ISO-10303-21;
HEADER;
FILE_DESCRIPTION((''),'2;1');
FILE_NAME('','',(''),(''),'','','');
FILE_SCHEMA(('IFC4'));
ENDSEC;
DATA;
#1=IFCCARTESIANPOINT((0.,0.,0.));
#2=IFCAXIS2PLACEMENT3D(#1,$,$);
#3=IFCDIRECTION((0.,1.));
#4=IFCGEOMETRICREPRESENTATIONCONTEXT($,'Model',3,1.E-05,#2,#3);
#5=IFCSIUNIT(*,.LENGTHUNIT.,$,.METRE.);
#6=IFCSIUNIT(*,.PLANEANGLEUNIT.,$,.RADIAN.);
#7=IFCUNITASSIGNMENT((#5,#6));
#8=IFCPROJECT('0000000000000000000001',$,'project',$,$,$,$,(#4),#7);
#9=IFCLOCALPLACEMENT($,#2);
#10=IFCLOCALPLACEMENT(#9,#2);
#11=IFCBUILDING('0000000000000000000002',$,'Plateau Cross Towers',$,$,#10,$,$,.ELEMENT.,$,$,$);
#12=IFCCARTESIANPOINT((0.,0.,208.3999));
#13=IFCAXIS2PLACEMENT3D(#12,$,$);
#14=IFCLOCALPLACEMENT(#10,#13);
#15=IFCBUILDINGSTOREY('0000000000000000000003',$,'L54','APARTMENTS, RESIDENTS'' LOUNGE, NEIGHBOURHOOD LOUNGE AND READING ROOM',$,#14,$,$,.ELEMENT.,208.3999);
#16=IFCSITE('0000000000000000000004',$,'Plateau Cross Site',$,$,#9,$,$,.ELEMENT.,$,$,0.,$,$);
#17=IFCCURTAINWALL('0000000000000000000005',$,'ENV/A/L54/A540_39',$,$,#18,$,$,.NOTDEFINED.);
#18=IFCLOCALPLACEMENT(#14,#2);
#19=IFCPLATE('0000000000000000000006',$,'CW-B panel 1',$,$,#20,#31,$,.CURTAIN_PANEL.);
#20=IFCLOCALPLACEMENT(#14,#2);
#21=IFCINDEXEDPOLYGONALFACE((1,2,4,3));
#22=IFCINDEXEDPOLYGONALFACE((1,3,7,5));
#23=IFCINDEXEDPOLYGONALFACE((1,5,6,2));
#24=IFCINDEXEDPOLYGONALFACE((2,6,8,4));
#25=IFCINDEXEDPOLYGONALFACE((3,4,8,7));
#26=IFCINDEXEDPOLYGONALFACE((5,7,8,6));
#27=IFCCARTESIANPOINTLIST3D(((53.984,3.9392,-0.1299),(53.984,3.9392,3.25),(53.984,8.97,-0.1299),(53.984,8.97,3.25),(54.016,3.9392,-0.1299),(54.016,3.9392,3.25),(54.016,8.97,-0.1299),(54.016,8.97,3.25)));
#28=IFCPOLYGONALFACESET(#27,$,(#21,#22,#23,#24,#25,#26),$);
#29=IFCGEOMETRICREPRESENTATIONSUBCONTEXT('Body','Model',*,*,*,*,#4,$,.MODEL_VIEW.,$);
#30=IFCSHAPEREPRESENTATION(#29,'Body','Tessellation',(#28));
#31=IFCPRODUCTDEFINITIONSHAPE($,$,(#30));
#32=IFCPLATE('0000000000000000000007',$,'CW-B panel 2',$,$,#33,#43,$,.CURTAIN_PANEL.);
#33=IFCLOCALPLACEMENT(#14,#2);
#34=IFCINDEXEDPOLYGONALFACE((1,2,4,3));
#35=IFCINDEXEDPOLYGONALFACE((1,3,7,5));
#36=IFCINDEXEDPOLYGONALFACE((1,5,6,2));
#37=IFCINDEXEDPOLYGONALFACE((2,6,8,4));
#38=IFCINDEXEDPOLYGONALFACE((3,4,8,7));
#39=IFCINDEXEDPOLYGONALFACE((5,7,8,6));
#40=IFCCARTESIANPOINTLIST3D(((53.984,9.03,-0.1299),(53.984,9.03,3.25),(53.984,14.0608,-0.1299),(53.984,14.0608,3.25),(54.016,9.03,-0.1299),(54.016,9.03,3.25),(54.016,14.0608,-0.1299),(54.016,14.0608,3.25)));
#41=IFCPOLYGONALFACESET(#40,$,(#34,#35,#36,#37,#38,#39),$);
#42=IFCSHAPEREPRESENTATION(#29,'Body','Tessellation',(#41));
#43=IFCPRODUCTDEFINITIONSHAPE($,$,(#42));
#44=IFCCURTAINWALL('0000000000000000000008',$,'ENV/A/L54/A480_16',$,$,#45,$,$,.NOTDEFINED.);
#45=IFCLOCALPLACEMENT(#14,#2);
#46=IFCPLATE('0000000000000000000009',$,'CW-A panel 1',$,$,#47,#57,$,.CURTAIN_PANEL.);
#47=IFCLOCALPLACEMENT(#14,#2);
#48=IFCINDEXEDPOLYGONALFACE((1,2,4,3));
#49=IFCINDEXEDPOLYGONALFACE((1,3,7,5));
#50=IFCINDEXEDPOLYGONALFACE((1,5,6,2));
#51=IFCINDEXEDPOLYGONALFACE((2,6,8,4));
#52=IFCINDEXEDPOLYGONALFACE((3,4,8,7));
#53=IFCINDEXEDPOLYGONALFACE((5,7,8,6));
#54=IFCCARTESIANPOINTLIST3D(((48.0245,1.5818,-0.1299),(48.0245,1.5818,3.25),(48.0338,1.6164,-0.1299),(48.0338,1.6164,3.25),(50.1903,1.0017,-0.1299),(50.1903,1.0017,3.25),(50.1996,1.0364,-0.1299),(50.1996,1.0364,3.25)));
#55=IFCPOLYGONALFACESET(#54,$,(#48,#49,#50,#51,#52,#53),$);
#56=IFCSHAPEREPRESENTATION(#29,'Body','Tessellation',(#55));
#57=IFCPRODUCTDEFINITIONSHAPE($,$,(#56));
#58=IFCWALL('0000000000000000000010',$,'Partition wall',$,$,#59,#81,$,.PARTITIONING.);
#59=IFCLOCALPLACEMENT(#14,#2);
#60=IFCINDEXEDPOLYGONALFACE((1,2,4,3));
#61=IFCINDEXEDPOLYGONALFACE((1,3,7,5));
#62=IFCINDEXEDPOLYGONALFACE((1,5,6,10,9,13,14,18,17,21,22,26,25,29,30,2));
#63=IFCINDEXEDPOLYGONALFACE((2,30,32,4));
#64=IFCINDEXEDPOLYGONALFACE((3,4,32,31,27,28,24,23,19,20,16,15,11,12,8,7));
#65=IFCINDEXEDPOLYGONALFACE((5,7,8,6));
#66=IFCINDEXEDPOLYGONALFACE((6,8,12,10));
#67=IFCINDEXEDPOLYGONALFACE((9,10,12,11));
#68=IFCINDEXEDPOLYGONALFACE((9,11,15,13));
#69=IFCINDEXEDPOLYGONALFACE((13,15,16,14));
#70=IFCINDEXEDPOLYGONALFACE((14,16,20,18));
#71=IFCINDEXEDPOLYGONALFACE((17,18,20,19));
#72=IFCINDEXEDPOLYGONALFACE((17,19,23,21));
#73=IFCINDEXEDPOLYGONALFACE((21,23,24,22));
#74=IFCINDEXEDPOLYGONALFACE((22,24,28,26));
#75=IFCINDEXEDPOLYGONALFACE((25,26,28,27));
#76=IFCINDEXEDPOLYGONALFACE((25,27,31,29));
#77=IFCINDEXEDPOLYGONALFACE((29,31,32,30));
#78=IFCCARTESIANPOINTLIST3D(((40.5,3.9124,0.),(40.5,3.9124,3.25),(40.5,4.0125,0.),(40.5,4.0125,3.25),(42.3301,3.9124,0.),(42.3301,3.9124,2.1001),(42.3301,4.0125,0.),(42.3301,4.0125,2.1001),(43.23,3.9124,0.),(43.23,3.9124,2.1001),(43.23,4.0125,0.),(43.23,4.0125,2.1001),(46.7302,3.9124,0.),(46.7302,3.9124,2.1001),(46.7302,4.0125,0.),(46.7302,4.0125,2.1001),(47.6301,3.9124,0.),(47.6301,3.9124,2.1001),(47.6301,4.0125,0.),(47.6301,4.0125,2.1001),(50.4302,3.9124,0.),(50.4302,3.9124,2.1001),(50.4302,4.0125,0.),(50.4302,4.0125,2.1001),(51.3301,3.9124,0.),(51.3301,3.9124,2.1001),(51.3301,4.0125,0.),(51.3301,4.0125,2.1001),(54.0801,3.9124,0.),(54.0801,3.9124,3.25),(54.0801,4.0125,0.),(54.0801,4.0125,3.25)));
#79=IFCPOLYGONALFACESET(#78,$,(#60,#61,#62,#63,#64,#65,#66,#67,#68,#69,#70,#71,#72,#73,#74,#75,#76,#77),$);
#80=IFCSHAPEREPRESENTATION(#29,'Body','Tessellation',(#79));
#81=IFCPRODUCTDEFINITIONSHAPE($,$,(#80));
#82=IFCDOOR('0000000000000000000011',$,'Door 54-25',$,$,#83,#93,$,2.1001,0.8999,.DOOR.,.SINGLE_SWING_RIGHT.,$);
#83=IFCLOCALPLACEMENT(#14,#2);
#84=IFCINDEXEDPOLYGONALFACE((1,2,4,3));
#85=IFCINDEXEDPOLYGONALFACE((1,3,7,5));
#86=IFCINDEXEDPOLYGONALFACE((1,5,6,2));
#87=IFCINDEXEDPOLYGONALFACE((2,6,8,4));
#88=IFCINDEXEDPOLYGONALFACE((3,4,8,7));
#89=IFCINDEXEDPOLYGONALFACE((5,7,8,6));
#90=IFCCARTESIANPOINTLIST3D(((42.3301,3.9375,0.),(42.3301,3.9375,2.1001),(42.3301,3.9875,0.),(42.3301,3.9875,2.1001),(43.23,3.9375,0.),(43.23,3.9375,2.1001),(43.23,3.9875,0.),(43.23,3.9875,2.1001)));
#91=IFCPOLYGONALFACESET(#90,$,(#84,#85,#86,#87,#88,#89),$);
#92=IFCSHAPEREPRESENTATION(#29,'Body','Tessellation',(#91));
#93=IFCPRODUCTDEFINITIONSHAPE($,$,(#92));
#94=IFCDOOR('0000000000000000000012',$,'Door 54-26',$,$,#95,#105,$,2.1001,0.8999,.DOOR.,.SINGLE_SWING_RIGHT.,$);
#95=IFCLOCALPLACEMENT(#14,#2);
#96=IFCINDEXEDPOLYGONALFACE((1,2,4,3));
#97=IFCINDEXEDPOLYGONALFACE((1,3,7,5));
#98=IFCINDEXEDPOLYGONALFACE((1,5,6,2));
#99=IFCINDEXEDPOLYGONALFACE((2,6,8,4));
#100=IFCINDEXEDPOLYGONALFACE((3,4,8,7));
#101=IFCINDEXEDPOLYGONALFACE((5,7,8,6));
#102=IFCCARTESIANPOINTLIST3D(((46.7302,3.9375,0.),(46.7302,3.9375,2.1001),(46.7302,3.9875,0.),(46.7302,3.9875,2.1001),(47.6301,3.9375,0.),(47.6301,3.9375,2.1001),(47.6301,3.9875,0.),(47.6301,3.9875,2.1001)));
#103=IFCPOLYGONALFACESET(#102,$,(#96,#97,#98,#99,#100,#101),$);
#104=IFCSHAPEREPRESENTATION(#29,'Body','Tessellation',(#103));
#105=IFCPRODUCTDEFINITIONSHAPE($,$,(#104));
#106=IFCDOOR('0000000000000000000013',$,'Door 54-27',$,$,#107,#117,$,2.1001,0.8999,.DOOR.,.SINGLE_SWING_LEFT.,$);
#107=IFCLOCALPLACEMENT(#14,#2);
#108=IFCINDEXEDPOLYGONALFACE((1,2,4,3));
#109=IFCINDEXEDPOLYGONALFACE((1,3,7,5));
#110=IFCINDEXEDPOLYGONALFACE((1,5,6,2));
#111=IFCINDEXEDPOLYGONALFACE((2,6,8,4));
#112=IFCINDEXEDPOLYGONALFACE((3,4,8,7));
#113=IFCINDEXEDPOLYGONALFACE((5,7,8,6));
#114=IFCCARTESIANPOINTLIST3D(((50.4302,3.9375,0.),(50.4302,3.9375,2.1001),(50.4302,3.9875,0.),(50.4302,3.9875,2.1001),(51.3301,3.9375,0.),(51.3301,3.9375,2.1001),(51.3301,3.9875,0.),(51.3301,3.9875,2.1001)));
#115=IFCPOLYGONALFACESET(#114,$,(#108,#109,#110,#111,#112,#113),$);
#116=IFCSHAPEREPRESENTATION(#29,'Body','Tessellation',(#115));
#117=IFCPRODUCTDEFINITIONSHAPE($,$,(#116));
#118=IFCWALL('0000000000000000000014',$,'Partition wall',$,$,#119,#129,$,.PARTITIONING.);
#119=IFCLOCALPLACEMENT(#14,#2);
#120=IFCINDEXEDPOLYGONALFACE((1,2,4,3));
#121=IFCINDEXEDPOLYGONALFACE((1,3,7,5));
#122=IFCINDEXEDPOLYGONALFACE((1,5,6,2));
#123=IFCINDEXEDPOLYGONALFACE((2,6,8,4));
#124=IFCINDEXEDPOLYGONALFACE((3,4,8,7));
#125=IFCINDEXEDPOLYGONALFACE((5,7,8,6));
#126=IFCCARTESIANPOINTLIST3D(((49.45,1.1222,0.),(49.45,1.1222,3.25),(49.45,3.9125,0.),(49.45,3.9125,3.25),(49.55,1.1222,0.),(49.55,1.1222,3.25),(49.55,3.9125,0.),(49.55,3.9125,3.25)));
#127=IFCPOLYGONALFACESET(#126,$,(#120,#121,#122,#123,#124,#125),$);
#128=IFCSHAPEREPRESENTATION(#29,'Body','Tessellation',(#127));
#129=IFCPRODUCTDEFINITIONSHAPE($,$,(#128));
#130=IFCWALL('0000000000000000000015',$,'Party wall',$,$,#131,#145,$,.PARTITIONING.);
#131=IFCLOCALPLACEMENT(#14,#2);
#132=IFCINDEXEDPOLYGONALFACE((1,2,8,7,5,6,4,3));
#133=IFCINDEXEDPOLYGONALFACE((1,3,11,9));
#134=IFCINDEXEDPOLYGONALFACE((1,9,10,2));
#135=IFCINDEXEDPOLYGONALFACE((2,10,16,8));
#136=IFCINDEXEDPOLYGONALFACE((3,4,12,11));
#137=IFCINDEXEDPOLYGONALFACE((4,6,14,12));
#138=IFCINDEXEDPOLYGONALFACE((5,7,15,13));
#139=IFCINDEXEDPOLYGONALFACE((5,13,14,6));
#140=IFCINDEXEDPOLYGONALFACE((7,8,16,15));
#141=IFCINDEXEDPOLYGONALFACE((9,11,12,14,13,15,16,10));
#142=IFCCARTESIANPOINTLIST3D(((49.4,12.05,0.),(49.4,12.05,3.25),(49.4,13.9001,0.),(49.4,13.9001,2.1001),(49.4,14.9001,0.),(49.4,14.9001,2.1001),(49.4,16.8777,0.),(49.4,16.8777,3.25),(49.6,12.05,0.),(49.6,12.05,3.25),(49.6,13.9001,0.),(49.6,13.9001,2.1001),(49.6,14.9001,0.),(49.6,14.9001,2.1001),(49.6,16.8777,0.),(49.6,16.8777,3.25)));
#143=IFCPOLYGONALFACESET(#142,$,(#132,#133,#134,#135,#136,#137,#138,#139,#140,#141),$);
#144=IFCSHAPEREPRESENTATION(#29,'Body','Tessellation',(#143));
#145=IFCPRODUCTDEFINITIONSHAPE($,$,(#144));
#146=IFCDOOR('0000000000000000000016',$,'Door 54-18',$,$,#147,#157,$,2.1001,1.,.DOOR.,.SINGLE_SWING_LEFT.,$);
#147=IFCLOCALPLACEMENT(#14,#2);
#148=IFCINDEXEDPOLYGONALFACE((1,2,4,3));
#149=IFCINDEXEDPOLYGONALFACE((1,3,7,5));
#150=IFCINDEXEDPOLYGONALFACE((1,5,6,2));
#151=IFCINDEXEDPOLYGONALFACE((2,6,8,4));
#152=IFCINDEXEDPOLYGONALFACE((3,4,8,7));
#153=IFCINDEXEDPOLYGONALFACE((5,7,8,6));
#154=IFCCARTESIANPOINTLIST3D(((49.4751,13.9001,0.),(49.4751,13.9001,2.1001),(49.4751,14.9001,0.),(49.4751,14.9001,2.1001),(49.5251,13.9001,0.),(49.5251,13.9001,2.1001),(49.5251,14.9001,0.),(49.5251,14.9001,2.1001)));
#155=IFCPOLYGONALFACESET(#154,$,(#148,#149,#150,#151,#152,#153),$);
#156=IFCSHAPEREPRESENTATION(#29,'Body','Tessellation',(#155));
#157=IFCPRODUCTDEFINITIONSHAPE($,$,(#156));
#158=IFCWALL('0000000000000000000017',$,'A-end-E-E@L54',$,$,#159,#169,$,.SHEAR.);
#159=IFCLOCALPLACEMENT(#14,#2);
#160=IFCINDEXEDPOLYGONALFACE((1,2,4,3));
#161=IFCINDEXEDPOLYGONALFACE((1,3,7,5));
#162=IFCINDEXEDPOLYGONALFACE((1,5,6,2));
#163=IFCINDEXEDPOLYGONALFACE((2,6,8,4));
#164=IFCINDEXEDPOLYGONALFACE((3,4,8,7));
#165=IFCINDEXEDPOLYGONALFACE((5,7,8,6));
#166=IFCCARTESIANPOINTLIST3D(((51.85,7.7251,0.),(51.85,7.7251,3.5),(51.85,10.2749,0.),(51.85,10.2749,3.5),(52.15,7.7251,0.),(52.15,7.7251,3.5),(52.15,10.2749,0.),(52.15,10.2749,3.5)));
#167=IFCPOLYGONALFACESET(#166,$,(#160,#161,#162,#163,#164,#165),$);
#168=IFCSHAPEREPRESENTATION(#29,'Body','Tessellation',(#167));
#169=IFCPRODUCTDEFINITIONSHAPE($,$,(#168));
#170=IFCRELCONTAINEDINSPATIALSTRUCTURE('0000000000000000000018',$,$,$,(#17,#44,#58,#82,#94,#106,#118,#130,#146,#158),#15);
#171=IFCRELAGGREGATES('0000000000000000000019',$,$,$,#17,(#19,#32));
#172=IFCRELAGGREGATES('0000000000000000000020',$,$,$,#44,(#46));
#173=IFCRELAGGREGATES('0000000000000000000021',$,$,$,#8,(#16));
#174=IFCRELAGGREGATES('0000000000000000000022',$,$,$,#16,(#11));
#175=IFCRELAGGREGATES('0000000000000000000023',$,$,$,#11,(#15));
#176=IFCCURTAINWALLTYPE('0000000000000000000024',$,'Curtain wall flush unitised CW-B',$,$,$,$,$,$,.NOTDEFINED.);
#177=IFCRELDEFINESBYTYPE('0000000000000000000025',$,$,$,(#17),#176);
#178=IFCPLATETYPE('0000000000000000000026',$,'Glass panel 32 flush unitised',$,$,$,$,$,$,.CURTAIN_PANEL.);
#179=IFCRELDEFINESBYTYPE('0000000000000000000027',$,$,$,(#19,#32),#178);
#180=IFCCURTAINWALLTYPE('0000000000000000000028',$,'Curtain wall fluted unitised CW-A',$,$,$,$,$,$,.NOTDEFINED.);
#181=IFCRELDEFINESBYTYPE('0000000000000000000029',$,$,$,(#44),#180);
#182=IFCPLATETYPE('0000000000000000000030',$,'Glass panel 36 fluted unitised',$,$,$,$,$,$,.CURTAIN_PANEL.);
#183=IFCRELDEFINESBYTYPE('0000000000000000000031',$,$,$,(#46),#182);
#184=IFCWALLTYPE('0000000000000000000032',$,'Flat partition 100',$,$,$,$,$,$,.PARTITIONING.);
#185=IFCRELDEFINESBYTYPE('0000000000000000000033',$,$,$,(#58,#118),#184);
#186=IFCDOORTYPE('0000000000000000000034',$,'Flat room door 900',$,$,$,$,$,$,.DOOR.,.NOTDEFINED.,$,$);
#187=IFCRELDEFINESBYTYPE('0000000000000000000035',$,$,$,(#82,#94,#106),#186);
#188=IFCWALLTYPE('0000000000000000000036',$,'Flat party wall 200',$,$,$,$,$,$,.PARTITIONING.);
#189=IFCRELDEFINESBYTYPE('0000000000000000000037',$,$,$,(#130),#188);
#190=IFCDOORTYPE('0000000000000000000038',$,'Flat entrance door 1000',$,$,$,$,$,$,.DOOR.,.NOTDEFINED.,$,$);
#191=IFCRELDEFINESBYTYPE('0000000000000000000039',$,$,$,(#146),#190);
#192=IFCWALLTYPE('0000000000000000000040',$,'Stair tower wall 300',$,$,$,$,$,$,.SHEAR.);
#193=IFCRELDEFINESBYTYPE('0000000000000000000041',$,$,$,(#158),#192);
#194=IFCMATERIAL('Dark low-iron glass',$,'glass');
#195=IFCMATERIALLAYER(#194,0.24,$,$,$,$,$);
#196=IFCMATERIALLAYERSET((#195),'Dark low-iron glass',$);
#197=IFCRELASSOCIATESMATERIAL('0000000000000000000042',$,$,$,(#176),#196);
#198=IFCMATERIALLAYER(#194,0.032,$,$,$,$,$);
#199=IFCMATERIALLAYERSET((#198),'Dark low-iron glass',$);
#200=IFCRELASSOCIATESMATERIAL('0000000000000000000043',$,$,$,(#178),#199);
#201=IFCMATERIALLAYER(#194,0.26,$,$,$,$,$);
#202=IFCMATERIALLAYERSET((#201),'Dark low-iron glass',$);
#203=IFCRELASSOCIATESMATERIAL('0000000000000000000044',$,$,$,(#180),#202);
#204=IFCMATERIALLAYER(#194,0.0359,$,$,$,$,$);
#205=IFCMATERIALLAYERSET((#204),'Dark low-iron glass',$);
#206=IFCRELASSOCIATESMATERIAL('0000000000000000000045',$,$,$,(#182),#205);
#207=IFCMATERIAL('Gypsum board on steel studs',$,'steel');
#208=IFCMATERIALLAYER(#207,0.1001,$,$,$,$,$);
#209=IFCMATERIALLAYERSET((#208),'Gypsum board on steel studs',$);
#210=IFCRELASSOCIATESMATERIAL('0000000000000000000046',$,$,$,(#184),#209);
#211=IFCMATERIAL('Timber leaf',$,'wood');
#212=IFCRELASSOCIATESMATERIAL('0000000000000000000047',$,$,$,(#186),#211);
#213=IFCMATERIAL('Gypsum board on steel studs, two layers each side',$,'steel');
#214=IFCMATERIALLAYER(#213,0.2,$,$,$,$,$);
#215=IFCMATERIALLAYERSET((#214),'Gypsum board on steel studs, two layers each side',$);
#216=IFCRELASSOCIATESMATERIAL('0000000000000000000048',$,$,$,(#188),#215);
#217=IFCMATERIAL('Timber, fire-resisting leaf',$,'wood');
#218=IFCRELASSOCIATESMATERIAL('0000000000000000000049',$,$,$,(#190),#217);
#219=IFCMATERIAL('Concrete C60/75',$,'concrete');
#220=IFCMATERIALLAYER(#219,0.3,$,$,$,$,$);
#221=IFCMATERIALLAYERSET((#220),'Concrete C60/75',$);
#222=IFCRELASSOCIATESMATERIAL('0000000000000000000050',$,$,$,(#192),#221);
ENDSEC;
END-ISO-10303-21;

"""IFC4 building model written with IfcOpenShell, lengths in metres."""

from ifc_helpers import new_model, si_unit, direction, frame, frame_2d, origin, origin_2d, place, context, subcontext, project, spatial, rectangle, extrude, material, layer, layer_set, type_object, element, fill, aggregate, save


model = new_model("IFC4")

# Units and contexts
model_context = context("Model", 3, precision=1e-05, world=origin(), true_north=direction((0.0, 1.0)))
body_context = subcontext(model_context, "Body", "Model", "MODEL_VIEW")
ifc_project = project(units=[si_unit("LENGTHUNIT", "METRE"), si_unit("PLANEANGLEUNIT", "RADIAN")], contexts=[model_context])

# Site, building, storey
site_placement = place(None, origin())
site = spatial("IfcSite", under=ifc_project, at=site_placement, Name="Plateau Cross Site", CompositionType="ELEMENT", RefElevation=0.0)
building_placement = place(site_placement, origin())
building = spatial("IfcBuilding", under=site, at=building_placement, Name="Plateau Cross Towers", CompositionType="ELEMENT")
storey_placement = place(building_placement, frame((0.0, 0.0, 208.3999)))
storey = spatial("IfcBuildingStorey", under=building, at=storey_placement, Name="L54", Description="APARTMENTS, RESIDENTS' LOUNGE, NEIGHBOURHOOD LOUNGE AND READING ROOM", CompositionType="ELEMENT", Elevation=208.3999)

# Shared definitions
ifc_material_1 = material(Name="Concrete C60/75", Category="concrete")

# Shared definitions
ifc_material_2 = material(Name="Dark low-iron glass", Category="glass")
ifc_layer_1 = layer(ifc_material_2, 0.24)
ifc_layer_set_1 = layer_set([ifc_layer_1], Name="Dark low-iron glass")
curtain_wall_type_1 = type_object("IfcCurtainWallType", Name="Curtain wall flush unitised CW-B", PredefinedType="NOTDEFINED", material=ifc_layer_set_1)

# Curtain wall
curtain_wall_1_placement = place(storey_placement, origin())
curtain_wall_1 = element("IfcCurtainWall", 1, at=curtain_wall_1_placement, inside=storey, type_object=curtain_wall_type_1, Name="ENV/A/L54/A540_39", PredefinedType="NOTDEFINED")

# Plates
ifc_layer_2 = layer(ifc_material_2, 0.032)
ifc_layer_set_2 = layer_set([ifc_layer_2], Name="Dark low-iron glass")
plate_type_1 = type_object("IfcPlateType", Name="Glass panel 32 flush unitised", PredefinedType="CURTAIN_PANEL", material=ifc_layer_set_2)
plate_1_placement = place(storey_placement, frame((54.0, 6.4546, -0.1299), z_axis=(0.0, 0.0, 1.0), x_axis=(0.0, 1.0, 0.0)))
plate_1 = element("IfcPlate", 2, at=plate_1_placement, type_object=plate_type_1, Name="CW-B panel 1", PredefinedType="CURTAIN_PANEL", context=body_context, shape_type="SweptSolid", body=[
    extrude(rectangle(XDim=5.0308, YDim=0.032, at=origin_2d()), origin(), (0.0, 0.0, 1.0), 3.3799),
])
plate_2_placement = place(storey_placement, frame((54.0, 11.5454, -0.1299), z_axis=(0.0, 0.0, 1.0), x_axis=(0.0, 1.0, 0.0)))
plate_2 = element("IfcPlate", 3, at=plate_2_placement, type_object=plate_type_1, Name="CW-B panel 2", PredefinedType="CURTAIN_PANEL", context=body_context, shape_type="SweptSolid", body=[
    extrude(rectangle(XDim=5.0308, YDim=0.032, at=origin_2d()), origin(), (0.0, 0.0, 1.0), 3.3799),
])
aggregate(curtain_wall_1, [plate_1, plate_2])

# Curtain wall, plate
ifc_layer_3 = layer(ifc_material_2, 0.26)
ifc_layer_set_3 = layer_set([ifc_layer_3], Name="Dark low-iron glass")
curtain_wall_type_2 = type_object("IfcCurtainWallType", Name="Curtain wall fluted unitised CW-A", PredefinedType="NOTDEFINED", material=ifc_layer_set_3)
curtain_wall_2_placement = place(storey_placement, origin())
curtain_wall_2 = element("IfcCurtainWall", 4, at=curtain_wall_2_placement, inside=storey, type_object=curtain_wall_type_2, Name="ENV/A/L54/A480_16", PredefinedType="NOTDEFINED")
ifc_layer_4 = layer(ifc_material_2, 0.0359)
ifc_layer_set_4 = layer_set([ifc_layer_4], Name="Dark low-iron glass")
plate_type_2 = type_object("IfcPlateType", Name="Glass panel 36 fluted unitised", PredefinedType="CURTAIN_PANEL", material=ifc_layer_set_4)
plate_3_placement = place(storey_placement, frame((49.1121, 1.3091, -0.1299), z_axis=(0.0, 0.0, 1.0), x_axis=(0.965958, -0.258699, 0.0)))
plate_3 = element("IfcPlate", 5, at=plate_3_placement, type_object=plate_type_2, Name="CW-A panel 1", PredefinedType="CURTAIN_PANEL", context=body_context, shape_type="SweptSolid", body=[
    extrude(rectangle(XDim=2.2422, YDim=0.0359, at=origin_2d()), origin(), (0.0, 0.0, 1.0), 3.3799),
])
aggregate(curtain_wall_2, [plate_3])

# Wall, openings, doors
ifc_material_3 = material(Name="Gypsum board on steel studs", Category="steel")
ifc_layer_5 = layer(ifc_material_3, 0.1001)
ifc_layer_set_5 = layer_set([ifc_layer_5], Name="Gypsum board on steel studs")
wall_type_1 = type_object("IfcWallType", Name="Flat partition 100", PredefinedType="PARTITIONING", material=ifc_layer_set_5)
wall_1_placement = place(storey_placement, frame((54.0801, 3.9624, 0.0), z_axis=(0.0, 0.0, 1.0), x_axis=(-1.0, 0.0, 0.0)))
wall_1 = element("IfcWall", 6, at=wall_1_placement, inside=storey, type_object=wall_type_1, Name="Partition wall", PredefinedType="PARTITIONING", context=body_context, shape_type="SweptSolid", body=[
    extrude(rectangle(XDim=13.5801, YDim=0.1001, at=frame_2d((6.79, 0.0))), origin(), (0.0, 0.0, 1.0), 3.25),
])
opening_1_placement = place(wall_1_placement, frame((10.8501, 0.0, 0.0)))
opening_1 = element("IfcOpeningElement", 7, at=opening_1_placement, cuts=wall_1, PredefinedType="OPENING", context=body_context, shape_type="SweptSolid", body=[
    extrude(rectangle(XDim=0.8999, YDim=2.1001, at=frame_2d((0.45, 1.05))), frame((0.0, 0.0601, 0.0), z_axis=(0.0, -1.0, 0.0), x_axis=(1.0, 0.0, 0.0)), (0.0, 0.0, 1.0), 0.1201),
])
opening_2_placement = place(wall_1_placement, frame((6.45, 0.0, 0.0)))
opening_2 = element("IfcOpeningElement", 8, at=opening_2_placement, cuts=wall_1, PredefinedType="OPENING", context=body_context, shape_type="SweptSolid", body=[
    extrude(rectangle(XDim=0.8999, YDim=2.1001, at=frame_2d((0.45, 1.05))), frame((0.0, 0.0601, 0.0), z_axis=(0.0, -1.0, 0.0), x_axis=(1.0, 0.0, 0.0)), (0.0, 0.0, 1.0), 0.1201),
])
opening_3_placement = place(wall_1_placement, frame((2.75, 0.0, 0.0)))
opening_3 = element("IfcOpeningElement", 9, at=opening_3_placement, cuts=wall_1, PredefinedType="OPENING", context=body_context, shape_type="SweptSolid", body=[
    extrude(rectangle(XDim=0.8999, YDim=2.1001, at=frame_2d((0.45, 1.05))), frame((0.0, 0.0601, 0.0), z_axis=(0.0, -1.0, 0.0), x_axis=(1.0, 0.0, 0.0)), (0.0, 0.0, 1.0), 0.1201),
])
ifc_material_4 = material(Name="Timber leaf", Category="wood")
door_type_1 = type_object("IfcDoorType", Name="Flat room door 900", OperationType="NOTDEFINED", PredefinedType="DOOR", material=ifc_material_4)
door_1_placement = place(opening_1_placement, origin())
door_1 = element("IfcDoor", 10, at=door_1_placement, inside=storey, type_object=door_type_1, Name="Door 54-25", OperationType="SINGLE_SWING_RIGHT", OverallHeight=2.1001, OverallWidth=0.8999, PredefinedType="DOOR", context=body_context, shape_type="SweptSolid", body=[
    extrude(rectangle(XDim=0.8999, YDim=2.1001, at=frame_2d((0.45, 1.05))), frame((0.0, 0.0249, 0.0), z_axis=(0.0, -1.0, 0.0), x_axis=(1.0, 0.0, 0.0)), (0.0, 0.0, 1.0), 0.05),
])
fill(opening_1, door_1)
door_2_placement = place(opening_2_placement, origin())
door_2 = element("IfcDoor", 11, at=door_2_placement, inside=storey, type_object=door_type_1, Name="Door 54-26", OperationType="SINGLE_SWING_RIGHT", OverallHeight=2.1001, OverallWidth=0.8999, PredefinedType="DOOR", context=body_context, shape_type="SweptSolid", body=[
    extrude(rectangle(XDim=0.8999, YDim=2.1001, at=frame_2d((0.45, 1.05))), frame((0.0, 0.0249, 0.0), z_axis=(0.0, -1.0, 0.0), x_axis=(1.0, 0.0, 0.0)), (0.0, 0.0, 1.0), 0.05),
])
fill(opening_2, door_2)
door_3_placement = place(opening_3_placement, origin())
door_3 = element("IfcDoor", 12, at=door_3_placement, inside=storey, type_object=door_type_1, Name="Door 54-27", OperationType="SINGLE_SWING_LEFT", OverallHeight=2.1001, OverallWidth=0.8999, PredefinedType="DOOR", context=body_context, shape_type="SweptSolid", body=[
    extrude(rectangle(XDim=0.8999, YDim=2.1001, at=frame_2d((0.45, 1.05))), frame((0.0, 0.0249, 0.0), z_axis=(0.0, -1.0, 0.0), x_axis=(1.0, 0.0, 0.0)), (0.0, 0.0, 1.0), 0.05),
])
fill(opening_3, door_3)

# Wall
wall_2_placement = place(storey_placement, frame((49.5, 1.1223, 0.0), z_axis=(0.0, 0.0, 1.0), x_axis=(0.0, 1.0, 0.0)))
element("IfcWall", 13, at=wall_2_placement, inside=storey, type_object=wall_type_1, Name="Partition wall", PredefinedType="PARTITIONING", context=body_context, shape_type="SweptSolid", body=[
    extrude(rectangle(XDim=2.7903, YDim=0.1001, at=frame_2d((1.395, 0.0))), origin(), (0.0, 0.0, 1.0), 3.25),
])

# Wall, opening, door
ifc_material_5 = material(Name="Gypsum board on steel studs, two layers each side", Category="steel")
ifc_layer_6 = layer(ifc_material_5, 0.2)
ifc_layer_set_6 = layer_set([ifc_layer_6], Name="Gypsum board on steel studs, two layers each side")
wall_type_2 = type_object("IfcWallType", Name="Flat party wall 200", PredefinedType="PARTITIONING", material=ifc_layer_set_6)
wall_3_placement = place(storey_placement, frame((49.5, 12.05, 0.0), z_axis=(0.0, 0.0, 1.0), x_axis=(0.0, 1.0, 0.0)))
wall_3 = element("IfcWall", 14, at=wall_3_placement, inside=storey, type_object=wall_type_2, Name="Party wall", PredefinedType="PARTITIONING", context=body_context, shape_type="SweptSolid", body=[
    extrude(rectangle(XDim=4.8276, YDim=0.2, at=frame_2d((2.4138, 0.0))), origin(), (0.0, 0.0, 1.0), 3.25),
])
opening_4_placement = place(wall_3_placement, frame((1.8501, 0.0, 0.0)))
opening_4 = element("IfcOpeningElement", 15, at=opening_4_placement, cuts=wall_3, PredefinedType="OPENING", context=body_context, shape_type="SweptSolid", body=[
    extrude(rectangle(XDim=1.0, YDim=2.1001, at=frame_2d((0.5, 1.05))), frame((0.0, 0.1099, 0.0), z_axis=(0.0, -1.0, 0.0), x_axis=(1.0, 0.0, 0.0)), (0.0, 0.0, 1.0), 0.22),
])
ifc_material_6 = material(Name="Timber, fire-resisting leaf", Category="wood")
door_type_2 = type_object("IfcDoorType", Name="Flat entrance door 1000", OperationType="NOTDEFINED", PredefinedType="DOOR", material=ifc_material_6)
door_4_placement = place(opening_4_placement, origin())
door_4 = element("IfcDoor", 16, at=door_4_placement, inside=storey, type_object=door_type_2, Name="Door 54-18", OperationType="SINGLE_SWING_LEFT", OverallHeight=2.1001, OverallWidth=1.0, PredefinedType="DOOR", context=body_context, shape_type="SweptSolid", body=[
    extrude(rectangle(XDim=1.0, YDim=2.1001, at=frame_2d((0.5, 1.05))), frame((0.0, 0.0249, 0.0), z_axis=(0.0, -1.0, 0.0), x_axis=(1.0, 0.0, 0.0)), (0.0, 0.0, 1.0), 0.05),
])
fill(opening_4, door_4)

# Wall
ifc_layer_7 = layer(ifc_material_1, 0.3)
ifc_layer_set_7 = layer_set([ifc_layer_7], Name="Concrete C60/75")
wall_type_3 = type_object("IfcWallType", Name="Stair tower wall 300", PredefinedType="SHEAR", material=ifc_layer_set_7)
wall_4_placement = place(storey_placement, frame((52.0, 7.7251, 0.0), z_axis=(0.0, 0.0, 1.0), x_axis=(0.0, 1.0, 0.0)))
element("IfcWall", 17, at=wall_4_placement, inside=storey, type_object=wall_type_3, Name="A-end-E-E@L54", PredefinedType="SHEAR", context=body_context, shape_type="SweptSolid", body=[
    extrude(rectangle(XDim=2.5498, YDim=0.3, at=frame_2d((1.2749, 0.0))), origin(), (0.0, 0.0, 1.0), 3.5),
])

save(model, "model.ifc")
